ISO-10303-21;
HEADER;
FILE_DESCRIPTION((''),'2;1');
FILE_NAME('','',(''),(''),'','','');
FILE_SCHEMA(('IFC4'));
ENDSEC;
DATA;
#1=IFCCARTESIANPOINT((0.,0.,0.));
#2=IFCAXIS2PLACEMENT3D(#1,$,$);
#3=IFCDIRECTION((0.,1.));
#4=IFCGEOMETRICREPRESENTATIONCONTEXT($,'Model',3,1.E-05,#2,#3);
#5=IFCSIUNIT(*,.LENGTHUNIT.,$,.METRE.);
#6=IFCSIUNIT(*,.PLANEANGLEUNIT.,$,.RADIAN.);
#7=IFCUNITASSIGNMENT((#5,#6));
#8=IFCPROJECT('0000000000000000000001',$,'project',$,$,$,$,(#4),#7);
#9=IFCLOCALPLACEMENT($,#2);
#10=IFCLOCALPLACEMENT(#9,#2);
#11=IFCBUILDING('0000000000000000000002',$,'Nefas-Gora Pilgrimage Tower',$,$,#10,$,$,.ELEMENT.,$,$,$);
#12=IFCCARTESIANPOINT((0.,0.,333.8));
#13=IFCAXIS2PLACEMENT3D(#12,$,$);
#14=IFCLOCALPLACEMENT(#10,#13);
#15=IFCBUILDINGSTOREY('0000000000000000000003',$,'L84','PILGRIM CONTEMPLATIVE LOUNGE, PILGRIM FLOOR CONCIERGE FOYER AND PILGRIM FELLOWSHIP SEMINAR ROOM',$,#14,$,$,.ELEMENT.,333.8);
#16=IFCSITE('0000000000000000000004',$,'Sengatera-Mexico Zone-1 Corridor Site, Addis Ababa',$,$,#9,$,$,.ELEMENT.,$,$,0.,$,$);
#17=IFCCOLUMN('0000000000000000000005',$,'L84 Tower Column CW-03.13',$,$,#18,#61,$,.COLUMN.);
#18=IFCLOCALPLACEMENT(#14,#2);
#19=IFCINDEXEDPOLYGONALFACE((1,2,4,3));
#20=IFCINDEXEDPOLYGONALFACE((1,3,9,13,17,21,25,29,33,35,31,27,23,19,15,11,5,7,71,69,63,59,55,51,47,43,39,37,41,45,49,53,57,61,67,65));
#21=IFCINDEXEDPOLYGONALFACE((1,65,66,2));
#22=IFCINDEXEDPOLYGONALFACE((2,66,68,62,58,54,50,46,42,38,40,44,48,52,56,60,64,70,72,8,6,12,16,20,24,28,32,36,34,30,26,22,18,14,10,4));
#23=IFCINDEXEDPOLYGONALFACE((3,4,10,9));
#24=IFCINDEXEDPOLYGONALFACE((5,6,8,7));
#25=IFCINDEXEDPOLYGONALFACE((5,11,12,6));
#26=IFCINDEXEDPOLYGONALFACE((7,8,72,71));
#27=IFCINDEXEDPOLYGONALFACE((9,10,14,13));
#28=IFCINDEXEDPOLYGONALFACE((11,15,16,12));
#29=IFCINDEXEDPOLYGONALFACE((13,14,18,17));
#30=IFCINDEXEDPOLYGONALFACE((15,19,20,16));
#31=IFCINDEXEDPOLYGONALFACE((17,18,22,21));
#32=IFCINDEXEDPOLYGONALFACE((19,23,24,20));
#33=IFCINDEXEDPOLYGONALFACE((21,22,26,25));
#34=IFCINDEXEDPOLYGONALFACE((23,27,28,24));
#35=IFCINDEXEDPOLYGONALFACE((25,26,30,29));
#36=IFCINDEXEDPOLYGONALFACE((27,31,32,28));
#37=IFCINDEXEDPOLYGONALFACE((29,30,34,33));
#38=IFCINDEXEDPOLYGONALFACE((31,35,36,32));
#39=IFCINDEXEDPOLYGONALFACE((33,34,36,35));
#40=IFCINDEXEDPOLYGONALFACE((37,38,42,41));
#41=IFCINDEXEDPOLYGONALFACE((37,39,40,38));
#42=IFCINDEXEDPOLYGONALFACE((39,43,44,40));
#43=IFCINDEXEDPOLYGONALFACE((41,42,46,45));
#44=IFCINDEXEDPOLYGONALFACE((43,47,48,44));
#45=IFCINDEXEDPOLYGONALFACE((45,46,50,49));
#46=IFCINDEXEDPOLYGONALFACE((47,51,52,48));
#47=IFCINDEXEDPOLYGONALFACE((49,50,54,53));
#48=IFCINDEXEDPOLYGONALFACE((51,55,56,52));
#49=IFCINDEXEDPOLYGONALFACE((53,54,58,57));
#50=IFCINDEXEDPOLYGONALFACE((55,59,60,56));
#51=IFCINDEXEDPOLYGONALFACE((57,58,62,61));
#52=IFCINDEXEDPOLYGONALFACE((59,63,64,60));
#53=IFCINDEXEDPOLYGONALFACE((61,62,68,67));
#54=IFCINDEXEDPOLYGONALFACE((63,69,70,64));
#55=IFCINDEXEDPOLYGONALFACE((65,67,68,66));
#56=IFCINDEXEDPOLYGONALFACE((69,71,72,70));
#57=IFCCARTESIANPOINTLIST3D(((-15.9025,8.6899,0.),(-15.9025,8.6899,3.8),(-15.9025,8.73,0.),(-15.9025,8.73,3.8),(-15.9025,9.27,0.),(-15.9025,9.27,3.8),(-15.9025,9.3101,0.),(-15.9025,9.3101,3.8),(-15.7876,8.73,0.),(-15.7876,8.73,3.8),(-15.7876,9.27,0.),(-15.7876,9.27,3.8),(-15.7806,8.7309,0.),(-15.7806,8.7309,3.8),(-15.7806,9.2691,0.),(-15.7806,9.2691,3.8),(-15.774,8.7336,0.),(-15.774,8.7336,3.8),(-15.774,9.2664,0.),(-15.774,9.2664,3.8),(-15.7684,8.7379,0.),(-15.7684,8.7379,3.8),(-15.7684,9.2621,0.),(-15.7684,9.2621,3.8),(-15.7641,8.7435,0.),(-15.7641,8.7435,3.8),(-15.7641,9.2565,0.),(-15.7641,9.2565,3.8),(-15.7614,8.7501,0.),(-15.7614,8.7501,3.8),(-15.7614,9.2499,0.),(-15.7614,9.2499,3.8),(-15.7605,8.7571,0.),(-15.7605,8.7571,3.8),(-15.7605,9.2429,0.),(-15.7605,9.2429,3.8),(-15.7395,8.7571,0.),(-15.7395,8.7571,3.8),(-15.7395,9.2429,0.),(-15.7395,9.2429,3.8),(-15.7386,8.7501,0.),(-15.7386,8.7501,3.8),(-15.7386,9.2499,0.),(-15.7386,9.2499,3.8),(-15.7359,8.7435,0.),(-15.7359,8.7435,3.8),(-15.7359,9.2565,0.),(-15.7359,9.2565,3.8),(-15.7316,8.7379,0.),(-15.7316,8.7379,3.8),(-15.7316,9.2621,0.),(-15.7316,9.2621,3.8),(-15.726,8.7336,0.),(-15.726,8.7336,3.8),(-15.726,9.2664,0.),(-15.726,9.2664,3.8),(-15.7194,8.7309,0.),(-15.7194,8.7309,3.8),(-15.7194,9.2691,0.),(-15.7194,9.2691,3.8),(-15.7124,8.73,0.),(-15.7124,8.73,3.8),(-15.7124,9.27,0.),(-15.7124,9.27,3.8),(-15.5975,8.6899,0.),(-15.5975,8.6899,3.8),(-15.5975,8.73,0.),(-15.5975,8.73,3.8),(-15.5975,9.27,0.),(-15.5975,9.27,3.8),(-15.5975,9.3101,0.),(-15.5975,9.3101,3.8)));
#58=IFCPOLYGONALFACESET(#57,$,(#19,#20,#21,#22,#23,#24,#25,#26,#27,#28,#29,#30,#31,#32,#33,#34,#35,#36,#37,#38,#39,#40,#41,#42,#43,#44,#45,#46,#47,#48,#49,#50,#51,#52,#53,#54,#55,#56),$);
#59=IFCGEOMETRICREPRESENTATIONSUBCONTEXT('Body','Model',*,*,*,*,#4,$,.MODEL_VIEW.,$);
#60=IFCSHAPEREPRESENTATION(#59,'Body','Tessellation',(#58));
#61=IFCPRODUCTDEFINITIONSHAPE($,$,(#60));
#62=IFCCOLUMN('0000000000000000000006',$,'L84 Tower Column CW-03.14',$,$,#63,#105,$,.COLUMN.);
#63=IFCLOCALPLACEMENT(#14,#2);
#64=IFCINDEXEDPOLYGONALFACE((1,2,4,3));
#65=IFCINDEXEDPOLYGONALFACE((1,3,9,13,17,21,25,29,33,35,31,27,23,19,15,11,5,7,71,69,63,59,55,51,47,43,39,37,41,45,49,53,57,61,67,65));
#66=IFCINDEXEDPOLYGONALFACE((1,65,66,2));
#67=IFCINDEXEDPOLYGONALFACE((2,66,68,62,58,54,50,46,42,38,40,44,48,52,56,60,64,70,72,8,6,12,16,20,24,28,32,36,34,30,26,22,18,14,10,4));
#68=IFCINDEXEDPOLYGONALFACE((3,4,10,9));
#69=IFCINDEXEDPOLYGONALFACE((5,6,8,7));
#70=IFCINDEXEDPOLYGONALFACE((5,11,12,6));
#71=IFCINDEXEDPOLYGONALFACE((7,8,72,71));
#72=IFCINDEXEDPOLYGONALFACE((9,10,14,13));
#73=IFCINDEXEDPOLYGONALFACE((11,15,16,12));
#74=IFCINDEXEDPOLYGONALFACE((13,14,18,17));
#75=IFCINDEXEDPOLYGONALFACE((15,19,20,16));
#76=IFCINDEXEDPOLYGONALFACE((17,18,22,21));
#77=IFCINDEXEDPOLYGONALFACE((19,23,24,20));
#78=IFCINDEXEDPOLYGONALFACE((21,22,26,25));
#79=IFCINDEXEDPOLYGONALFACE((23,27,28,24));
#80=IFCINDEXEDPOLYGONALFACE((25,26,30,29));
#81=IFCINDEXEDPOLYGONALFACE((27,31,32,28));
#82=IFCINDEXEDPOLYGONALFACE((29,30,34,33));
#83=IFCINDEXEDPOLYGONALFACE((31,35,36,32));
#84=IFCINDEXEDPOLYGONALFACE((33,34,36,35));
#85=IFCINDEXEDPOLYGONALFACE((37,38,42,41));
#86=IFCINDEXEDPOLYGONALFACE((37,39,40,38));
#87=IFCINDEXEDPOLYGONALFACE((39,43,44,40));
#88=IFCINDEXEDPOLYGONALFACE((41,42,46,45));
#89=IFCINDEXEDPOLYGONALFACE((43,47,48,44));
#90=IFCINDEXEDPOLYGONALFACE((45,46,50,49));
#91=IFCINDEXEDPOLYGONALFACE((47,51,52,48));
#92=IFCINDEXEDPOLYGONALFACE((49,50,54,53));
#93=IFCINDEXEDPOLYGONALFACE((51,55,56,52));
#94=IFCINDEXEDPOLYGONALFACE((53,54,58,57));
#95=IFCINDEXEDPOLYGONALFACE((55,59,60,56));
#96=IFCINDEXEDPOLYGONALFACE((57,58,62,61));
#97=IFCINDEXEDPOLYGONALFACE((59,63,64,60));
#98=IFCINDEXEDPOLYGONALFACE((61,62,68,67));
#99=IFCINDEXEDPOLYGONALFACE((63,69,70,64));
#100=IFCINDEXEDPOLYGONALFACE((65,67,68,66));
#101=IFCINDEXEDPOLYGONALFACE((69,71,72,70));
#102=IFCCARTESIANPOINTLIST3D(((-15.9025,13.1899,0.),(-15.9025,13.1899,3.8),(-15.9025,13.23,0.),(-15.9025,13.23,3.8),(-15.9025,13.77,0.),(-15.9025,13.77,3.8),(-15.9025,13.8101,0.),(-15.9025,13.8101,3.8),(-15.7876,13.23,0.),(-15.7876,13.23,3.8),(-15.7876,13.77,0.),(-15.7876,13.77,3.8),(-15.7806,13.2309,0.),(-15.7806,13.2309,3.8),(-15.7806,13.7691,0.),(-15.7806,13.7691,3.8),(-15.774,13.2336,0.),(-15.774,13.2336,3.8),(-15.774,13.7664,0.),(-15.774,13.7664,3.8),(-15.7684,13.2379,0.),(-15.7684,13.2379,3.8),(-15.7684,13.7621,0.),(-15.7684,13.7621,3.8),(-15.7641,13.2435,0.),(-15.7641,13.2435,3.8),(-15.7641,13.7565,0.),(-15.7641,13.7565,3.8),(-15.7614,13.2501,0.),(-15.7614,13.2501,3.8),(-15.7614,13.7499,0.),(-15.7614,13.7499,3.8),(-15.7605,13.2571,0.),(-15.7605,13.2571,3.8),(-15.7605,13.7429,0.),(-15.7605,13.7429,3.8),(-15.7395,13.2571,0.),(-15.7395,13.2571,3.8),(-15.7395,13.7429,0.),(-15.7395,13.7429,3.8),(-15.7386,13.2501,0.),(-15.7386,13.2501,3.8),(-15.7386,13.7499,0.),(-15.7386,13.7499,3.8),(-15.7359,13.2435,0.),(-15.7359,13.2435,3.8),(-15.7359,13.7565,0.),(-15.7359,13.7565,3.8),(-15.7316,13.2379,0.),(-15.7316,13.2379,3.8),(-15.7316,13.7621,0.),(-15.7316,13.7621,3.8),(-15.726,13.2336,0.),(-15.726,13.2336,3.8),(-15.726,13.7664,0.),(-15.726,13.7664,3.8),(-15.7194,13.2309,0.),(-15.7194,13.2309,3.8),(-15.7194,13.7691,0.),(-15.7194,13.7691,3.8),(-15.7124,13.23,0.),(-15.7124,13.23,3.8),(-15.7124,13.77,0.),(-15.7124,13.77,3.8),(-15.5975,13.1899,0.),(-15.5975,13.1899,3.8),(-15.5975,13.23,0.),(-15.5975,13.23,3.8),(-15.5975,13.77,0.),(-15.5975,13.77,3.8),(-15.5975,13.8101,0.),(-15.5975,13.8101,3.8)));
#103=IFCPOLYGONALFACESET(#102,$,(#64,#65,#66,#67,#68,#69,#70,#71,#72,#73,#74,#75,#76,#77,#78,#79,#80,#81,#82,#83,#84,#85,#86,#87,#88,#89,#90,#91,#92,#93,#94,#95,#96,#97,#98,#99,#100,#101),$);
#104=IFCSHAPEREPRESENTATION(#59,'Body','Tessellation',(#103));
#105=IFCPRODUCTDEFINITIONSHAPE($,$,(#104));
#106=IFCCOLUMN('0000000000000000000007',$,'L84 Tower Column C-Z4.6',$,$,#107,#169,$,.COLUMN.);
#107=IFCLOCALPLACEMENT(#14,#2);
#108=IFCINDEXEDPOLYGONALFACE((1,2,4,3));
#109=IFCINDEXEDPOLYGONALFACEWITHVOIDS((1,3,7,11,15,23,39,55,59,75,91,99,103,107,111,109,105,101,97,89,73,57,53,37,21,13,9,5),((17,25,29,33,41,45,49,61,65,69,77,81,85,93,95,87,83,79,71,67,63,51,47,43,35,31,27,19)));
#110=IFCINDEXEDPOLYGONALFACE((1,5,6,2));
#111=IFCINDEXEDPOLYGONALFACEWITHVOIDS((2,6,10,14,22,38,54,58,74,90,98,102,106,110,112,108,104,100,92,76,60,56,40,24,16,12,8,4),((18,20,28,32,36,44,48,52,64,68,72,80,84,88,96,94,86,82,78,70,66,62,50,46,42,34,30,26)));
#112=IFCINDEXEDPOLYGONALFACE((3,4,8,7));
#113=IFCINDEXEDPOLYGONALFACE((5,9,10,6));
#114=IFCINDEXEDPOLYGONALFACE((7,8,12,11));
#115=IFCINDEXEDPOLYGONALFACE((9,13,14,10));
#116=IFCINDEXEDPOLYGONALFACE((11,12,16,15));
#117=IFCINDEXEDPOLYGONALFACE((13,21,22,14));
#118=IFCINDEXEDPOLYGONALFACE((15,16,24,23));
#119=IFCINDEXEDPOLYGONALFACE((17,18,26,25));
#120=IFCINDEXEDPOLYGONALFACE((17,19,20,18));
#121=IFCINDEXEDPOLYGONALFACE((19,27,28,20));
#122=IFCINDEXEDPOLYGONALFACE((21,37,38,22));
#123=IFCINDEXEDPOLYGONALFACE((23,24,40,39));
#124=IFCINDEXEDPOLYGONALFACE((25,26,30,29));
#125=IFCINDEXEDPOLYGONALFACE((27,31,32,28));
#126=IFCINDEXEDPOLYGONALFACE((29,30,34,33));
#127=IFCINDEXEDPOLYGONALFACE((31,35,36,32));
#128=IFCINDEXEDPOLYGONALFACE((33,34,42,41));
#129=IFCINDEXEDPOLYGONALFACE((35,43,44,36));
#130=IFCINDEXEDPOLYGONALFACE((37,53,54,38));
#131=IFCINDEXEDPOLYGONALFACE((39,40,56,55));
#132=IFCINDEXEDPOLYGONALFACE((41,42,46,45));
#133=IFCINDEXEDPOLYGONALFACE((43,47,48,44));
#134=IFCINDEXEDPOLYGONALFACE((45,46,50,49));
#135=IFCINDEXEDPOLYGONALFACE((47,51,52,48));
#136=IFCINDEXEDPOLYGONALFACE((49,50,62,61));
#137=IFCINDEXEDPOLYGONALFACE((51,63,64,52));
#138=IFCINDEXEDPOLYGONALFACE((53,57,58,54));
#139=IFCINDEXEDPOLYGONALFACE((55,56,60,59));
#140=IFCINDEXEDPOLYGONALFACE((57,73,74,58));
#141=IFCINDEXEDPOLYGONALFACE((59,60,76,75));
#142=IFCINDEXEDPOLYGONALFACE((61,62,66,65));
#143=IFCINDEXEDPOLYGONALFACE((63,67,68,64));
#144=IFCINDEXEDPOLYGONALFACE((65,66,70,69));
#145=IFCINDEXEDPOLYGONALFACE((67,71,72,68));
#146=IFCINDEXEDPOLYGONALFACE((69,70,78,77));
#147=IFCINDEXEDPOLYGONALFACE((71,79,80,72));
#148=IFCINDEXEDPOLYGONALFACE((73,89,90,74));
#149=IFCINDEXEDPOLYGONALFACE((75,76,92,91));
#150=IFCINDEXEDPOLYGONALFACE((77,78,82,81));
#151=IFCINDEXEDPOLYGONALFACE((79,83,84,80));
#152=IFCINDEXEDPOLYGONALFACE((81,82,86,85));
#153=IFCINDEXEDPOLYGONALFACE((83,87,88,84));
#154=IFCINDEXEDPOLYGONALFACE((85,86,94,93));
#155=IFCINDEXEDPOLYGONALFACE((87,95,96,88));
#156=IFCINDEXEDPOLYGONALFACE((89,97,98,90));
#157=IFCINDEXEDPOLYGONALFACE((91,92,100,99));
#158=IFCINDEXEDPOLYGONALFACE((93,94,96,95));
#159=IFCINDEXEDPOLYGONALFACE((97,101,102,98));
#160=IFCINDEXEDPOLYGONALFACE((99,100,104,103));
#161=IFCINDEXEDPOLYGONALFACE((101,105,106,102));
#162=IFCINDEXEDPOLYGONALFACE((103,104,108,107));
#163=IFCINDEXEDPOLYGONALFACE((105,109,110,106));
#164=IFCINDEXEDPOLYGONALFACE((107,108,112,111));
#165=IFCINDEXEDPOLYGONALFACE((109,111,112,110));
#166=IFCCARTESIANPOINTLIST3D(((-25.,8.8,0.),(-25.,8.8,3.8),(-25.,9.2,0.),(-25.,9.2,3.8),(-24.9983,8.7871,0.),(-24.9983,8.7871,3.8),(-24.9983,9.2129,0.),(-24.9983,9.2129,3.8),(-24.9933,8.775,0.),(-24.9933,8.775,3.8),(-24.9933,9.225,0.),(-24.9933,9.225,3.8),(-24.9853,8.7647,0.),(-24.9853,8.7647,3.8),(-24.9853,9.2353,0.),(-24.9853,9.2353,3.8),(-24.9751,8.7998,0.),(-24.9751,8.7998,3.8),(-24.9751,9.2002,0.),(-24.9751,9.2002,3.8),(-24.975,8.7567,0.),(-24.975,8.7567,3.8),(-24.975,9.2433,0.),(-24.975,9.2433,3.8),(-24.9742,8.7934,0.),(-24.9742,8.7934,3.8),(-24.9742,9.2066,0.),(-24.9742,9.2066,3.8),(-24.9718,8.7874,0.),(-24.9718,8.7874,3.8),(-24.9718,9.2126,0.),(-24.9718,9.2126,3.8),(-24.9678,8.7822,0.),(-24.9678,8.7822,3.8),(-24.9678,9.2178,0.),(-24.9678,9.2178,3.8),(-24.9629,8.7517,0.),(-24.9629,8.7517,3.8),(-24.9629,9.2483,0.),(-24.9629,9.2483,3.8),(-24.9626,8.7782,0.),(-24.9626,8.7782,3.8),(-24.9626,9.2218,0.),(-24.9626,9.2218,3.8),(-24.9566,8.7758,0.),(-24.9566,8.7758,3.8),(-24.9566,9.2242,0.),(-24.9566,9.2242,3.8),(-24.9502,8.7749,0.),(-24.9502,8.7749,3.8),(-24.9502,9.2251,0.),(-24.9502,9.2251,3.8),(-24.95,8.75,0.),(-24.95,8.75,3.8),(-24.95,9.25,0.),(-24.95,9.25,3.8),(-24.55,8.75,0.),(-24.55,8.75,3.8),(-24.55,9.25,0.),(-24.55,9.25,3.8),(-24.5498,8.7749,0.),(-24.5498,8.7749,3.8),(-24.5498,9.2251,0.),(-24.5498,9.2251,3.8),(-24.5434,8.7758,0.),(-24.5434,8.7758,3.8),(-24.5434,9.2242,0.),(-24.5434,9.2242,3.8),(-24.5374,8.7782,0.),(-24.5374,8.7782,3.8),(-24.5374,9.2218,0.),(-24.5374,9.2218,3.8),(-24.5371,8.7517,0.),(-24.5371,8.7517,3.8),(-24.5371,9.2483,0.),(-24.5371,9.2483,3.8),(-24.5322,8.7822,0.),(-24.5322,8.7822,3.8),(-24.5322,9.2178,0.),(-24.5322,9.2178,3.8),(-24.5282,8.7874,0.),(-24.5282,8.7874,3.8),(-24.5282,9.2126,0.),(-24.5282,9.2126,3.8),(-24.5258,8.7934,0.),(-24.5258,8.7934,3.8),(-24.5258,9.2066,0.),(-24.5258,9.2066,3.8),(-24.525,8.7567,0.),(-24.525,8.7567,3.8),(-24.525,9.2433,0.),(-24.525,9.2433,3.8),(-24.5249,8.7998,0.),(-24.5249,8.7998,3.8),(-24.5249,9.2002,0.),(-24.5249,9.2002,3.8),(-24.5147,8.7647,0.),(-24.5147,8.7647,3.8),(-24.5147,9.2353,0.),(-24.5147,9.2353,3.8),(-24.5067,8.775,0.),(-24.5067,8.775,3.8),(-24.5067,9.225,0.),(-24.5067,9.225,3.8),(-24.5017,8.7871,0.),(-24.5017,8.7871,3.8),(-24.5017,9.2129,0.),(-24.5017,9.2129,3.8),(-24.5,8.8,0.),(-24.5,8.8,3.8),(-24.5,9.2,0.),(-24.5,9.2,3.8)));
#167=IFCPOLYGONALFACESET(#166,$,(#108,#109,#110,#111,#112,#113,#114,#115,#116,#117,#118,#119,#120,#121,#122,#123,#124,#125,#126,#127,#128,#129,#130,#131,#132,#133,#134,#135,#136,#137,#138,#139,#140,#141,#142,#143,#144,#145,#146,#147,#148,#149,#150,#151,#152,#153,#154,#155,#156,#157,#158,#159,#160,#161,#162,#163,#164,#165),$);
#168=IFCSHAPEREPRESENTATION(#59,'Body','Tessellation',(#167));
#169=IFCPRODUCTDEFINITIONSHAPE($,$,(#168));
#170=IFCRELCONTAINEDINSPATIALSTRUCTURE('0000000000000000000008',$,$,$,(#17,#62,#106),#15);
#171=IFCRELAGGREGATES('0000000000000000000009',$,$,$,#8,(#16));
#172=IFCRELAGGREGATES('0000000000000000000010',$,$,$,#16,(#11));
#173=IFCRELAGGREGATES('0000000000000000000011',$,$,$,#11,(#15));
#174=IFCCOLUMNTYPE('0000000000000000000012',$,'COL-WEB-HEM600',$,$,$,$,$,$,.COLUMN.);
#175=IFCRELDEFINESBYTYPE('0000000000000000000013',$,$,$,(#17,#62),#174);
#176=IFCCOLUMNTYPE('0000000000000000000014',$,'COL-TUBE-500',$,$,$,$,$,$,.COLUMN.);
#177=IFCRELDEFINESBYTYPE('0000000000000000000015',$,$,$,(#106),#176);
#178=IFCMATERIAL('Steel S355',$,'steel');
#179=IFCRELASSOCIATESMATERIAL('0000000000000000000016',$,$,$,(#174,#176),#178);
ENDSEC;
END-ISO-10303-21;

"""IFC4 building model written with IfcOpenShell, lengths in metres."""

from ifc_helpers import new_model, si_unit, direction, frame, origin, origin_2d, place, context, subcontext, project, spatial, hollow_rectangle, i_section, extrude, source, transform, mapped, material, material_profile, profile_set, type_object, element, save


model = new_model("IFC4")

# Units and contexts
model_context = context("Model", 3, precision=1e-05, world=origin(), true_north=direction((0.0, 1.0)))
body_context = subcontext(model_context, "Body", "Model", "MODEL_VIEW")
ifc_project = project(units=[si_unit("LENGTHUNIT", "METRE"), si_unit("PLANEANGLEUNIT", "RADIAN")], contexts=[model_context])

# Site, building, storey
site_placement = place(None, origin())
site = spatial("IfcSite", under=ifc_project, at=site_placement, Name="Sengatera-Mexico Zone-1 Corridor Site, Addis Ababa", CompositionType="ELEMENT", RefElevation=0.0)
building_placement = place(site_placement, origin())
building = spatial("IfcBuilding", under=site, at=building_placement, Name="Nefas-Gora Pilgrimage Tower", CompositionType="ELEMENT")
storey_placement = place(building_placement, frame((0.0, 0.0, 333.8)))
storey = spatial("IfcBuildingStorey", under=building, at=storey_placement, Name="L84", Description="PILGRIM CONTEMPLATIVE LOUNGE, PILGRIM FLOOR CONCIERGE FOYER AND PILGRIM FELLOWSHIP SEMINAR ROOM", CompositionType="ELEMENT", Elevation=333.8)

# Columns
ifc_material_1 = material(Name="Steel S355", Category="steel")
ifc_material_profile_1 = material_profile(ifc_material_1, i_section(OverallWidth=0.3049, OverallDepth=0.6201, WebThickness=0.021, FlangeThickness=0.04, FilletRadius=0.0271, at=origin_2d()), Name="HEM 600")
ifc_profile_set_1 = profile_set([ifc_material_profile_1], Name="Steel S355")
column_type_1 = type_object("IfcColumnType", Name="COL-WEB-HEM600", PredefinedType="COLUMN", material=ifc_profile_set_1)
shared_shape_1 = source(origin(), body_context, "Body", "SweptSolid", [
    extrude(i_section(OverallWidth=0.3049, OverallDepth=0.6201, WebThickness=0.021, FlangeThickness=0.04, FilletRadius=0.0271, at=origin_2d()), origin(), (0.0, 0.0, 1.0), 3.8),
])
for number, where, z_axis, x_axis, name in (
    (1, (-15.75, 9.0, 0.0), (0.0, 0.0, 1.0), (1.0, 0.0, 0.0), "L84 Tower Column CW-03.13"),
    (2, (-15.75, 13.5, 0.0), (0.0, 0.0, 1.0), (1.0, 0.0, 0.0), "L84 Tower Column CW-03.14"),
):
    element("IfcColumn", number, at=place(storey_placement, frame(where, z_axis=z_axis, x_axis=x_axis)), inside=storey, type_object=column_type_1, Name=name, PredefinedType="COLUMN", context=body_context, shape_type="MappedRepresentation", body=[
        mapped(shared_shape_1, transform((0.0, 0.0, 0.0), x_axis=(1.0, 0.0, 0.0), y_axis=(0.0, 1.0, 0.0), z_axis=(0.0, 0.0, 1.0), scale=1.0)),
    ])
ifc_material_profile_2 = material_profile(ifc_material_1, hollow_rectangle(XDim=0.5, YDim=0.5, WallThickness=0.0249, InnerFilletRadius=0.0249, OuterFilletRadius=0.05, at=origin_2d()), Name="SHS 500x500x25")
ifc_profile_set_2 = profile_set([ifc_material_profile_2], Name="Steel S355")
column_type_2 = type_object("IfcColumnType", Name="COL-TUBE-500", PredefinedType="COLUMN", material=ifc_profile_set_2)
shared_shape_2 = source(origin(), body_context, "Body", "SweptSolid", [
    extrude(hollow_rectangle(XDim=0.5, YDim=0.5, WallThickness=0.0249, InnerFilletRadius=0.0249, OuterFilletRadius=0.05, at=origin_2d()), origin(), (0.0, 0.0, 1.0), 3.8),
])
for number, where, z_axis, x_axis, name in (
    (3, (-24.75, 9.0, 0.0), (0.0, 0.0, 1.0), (1.0, 0.0, 0.0), "L84 Tower Column C-Z4.6"),
):
    element("IfcColumn", number, at=place(storey_placement, frame(where, z_axis=z_axis, x_axis=x_axis)), inside=storey, type_object=column_type_2, Name=name, PredefinedType="COLUMN", context=body_context, shape_type="MappedRepresentation", body=[
        mapped(shared_shape_2, transform((0.0, 0.0, 0.0), x_axis=(1.0, 0.0, 0.0), y_axis=(0.0, 1.0, 0.0), z_axis=(0.0, 0.0, 1.0), scale=1.0)),
    ])

save(model, "model.ifc")
